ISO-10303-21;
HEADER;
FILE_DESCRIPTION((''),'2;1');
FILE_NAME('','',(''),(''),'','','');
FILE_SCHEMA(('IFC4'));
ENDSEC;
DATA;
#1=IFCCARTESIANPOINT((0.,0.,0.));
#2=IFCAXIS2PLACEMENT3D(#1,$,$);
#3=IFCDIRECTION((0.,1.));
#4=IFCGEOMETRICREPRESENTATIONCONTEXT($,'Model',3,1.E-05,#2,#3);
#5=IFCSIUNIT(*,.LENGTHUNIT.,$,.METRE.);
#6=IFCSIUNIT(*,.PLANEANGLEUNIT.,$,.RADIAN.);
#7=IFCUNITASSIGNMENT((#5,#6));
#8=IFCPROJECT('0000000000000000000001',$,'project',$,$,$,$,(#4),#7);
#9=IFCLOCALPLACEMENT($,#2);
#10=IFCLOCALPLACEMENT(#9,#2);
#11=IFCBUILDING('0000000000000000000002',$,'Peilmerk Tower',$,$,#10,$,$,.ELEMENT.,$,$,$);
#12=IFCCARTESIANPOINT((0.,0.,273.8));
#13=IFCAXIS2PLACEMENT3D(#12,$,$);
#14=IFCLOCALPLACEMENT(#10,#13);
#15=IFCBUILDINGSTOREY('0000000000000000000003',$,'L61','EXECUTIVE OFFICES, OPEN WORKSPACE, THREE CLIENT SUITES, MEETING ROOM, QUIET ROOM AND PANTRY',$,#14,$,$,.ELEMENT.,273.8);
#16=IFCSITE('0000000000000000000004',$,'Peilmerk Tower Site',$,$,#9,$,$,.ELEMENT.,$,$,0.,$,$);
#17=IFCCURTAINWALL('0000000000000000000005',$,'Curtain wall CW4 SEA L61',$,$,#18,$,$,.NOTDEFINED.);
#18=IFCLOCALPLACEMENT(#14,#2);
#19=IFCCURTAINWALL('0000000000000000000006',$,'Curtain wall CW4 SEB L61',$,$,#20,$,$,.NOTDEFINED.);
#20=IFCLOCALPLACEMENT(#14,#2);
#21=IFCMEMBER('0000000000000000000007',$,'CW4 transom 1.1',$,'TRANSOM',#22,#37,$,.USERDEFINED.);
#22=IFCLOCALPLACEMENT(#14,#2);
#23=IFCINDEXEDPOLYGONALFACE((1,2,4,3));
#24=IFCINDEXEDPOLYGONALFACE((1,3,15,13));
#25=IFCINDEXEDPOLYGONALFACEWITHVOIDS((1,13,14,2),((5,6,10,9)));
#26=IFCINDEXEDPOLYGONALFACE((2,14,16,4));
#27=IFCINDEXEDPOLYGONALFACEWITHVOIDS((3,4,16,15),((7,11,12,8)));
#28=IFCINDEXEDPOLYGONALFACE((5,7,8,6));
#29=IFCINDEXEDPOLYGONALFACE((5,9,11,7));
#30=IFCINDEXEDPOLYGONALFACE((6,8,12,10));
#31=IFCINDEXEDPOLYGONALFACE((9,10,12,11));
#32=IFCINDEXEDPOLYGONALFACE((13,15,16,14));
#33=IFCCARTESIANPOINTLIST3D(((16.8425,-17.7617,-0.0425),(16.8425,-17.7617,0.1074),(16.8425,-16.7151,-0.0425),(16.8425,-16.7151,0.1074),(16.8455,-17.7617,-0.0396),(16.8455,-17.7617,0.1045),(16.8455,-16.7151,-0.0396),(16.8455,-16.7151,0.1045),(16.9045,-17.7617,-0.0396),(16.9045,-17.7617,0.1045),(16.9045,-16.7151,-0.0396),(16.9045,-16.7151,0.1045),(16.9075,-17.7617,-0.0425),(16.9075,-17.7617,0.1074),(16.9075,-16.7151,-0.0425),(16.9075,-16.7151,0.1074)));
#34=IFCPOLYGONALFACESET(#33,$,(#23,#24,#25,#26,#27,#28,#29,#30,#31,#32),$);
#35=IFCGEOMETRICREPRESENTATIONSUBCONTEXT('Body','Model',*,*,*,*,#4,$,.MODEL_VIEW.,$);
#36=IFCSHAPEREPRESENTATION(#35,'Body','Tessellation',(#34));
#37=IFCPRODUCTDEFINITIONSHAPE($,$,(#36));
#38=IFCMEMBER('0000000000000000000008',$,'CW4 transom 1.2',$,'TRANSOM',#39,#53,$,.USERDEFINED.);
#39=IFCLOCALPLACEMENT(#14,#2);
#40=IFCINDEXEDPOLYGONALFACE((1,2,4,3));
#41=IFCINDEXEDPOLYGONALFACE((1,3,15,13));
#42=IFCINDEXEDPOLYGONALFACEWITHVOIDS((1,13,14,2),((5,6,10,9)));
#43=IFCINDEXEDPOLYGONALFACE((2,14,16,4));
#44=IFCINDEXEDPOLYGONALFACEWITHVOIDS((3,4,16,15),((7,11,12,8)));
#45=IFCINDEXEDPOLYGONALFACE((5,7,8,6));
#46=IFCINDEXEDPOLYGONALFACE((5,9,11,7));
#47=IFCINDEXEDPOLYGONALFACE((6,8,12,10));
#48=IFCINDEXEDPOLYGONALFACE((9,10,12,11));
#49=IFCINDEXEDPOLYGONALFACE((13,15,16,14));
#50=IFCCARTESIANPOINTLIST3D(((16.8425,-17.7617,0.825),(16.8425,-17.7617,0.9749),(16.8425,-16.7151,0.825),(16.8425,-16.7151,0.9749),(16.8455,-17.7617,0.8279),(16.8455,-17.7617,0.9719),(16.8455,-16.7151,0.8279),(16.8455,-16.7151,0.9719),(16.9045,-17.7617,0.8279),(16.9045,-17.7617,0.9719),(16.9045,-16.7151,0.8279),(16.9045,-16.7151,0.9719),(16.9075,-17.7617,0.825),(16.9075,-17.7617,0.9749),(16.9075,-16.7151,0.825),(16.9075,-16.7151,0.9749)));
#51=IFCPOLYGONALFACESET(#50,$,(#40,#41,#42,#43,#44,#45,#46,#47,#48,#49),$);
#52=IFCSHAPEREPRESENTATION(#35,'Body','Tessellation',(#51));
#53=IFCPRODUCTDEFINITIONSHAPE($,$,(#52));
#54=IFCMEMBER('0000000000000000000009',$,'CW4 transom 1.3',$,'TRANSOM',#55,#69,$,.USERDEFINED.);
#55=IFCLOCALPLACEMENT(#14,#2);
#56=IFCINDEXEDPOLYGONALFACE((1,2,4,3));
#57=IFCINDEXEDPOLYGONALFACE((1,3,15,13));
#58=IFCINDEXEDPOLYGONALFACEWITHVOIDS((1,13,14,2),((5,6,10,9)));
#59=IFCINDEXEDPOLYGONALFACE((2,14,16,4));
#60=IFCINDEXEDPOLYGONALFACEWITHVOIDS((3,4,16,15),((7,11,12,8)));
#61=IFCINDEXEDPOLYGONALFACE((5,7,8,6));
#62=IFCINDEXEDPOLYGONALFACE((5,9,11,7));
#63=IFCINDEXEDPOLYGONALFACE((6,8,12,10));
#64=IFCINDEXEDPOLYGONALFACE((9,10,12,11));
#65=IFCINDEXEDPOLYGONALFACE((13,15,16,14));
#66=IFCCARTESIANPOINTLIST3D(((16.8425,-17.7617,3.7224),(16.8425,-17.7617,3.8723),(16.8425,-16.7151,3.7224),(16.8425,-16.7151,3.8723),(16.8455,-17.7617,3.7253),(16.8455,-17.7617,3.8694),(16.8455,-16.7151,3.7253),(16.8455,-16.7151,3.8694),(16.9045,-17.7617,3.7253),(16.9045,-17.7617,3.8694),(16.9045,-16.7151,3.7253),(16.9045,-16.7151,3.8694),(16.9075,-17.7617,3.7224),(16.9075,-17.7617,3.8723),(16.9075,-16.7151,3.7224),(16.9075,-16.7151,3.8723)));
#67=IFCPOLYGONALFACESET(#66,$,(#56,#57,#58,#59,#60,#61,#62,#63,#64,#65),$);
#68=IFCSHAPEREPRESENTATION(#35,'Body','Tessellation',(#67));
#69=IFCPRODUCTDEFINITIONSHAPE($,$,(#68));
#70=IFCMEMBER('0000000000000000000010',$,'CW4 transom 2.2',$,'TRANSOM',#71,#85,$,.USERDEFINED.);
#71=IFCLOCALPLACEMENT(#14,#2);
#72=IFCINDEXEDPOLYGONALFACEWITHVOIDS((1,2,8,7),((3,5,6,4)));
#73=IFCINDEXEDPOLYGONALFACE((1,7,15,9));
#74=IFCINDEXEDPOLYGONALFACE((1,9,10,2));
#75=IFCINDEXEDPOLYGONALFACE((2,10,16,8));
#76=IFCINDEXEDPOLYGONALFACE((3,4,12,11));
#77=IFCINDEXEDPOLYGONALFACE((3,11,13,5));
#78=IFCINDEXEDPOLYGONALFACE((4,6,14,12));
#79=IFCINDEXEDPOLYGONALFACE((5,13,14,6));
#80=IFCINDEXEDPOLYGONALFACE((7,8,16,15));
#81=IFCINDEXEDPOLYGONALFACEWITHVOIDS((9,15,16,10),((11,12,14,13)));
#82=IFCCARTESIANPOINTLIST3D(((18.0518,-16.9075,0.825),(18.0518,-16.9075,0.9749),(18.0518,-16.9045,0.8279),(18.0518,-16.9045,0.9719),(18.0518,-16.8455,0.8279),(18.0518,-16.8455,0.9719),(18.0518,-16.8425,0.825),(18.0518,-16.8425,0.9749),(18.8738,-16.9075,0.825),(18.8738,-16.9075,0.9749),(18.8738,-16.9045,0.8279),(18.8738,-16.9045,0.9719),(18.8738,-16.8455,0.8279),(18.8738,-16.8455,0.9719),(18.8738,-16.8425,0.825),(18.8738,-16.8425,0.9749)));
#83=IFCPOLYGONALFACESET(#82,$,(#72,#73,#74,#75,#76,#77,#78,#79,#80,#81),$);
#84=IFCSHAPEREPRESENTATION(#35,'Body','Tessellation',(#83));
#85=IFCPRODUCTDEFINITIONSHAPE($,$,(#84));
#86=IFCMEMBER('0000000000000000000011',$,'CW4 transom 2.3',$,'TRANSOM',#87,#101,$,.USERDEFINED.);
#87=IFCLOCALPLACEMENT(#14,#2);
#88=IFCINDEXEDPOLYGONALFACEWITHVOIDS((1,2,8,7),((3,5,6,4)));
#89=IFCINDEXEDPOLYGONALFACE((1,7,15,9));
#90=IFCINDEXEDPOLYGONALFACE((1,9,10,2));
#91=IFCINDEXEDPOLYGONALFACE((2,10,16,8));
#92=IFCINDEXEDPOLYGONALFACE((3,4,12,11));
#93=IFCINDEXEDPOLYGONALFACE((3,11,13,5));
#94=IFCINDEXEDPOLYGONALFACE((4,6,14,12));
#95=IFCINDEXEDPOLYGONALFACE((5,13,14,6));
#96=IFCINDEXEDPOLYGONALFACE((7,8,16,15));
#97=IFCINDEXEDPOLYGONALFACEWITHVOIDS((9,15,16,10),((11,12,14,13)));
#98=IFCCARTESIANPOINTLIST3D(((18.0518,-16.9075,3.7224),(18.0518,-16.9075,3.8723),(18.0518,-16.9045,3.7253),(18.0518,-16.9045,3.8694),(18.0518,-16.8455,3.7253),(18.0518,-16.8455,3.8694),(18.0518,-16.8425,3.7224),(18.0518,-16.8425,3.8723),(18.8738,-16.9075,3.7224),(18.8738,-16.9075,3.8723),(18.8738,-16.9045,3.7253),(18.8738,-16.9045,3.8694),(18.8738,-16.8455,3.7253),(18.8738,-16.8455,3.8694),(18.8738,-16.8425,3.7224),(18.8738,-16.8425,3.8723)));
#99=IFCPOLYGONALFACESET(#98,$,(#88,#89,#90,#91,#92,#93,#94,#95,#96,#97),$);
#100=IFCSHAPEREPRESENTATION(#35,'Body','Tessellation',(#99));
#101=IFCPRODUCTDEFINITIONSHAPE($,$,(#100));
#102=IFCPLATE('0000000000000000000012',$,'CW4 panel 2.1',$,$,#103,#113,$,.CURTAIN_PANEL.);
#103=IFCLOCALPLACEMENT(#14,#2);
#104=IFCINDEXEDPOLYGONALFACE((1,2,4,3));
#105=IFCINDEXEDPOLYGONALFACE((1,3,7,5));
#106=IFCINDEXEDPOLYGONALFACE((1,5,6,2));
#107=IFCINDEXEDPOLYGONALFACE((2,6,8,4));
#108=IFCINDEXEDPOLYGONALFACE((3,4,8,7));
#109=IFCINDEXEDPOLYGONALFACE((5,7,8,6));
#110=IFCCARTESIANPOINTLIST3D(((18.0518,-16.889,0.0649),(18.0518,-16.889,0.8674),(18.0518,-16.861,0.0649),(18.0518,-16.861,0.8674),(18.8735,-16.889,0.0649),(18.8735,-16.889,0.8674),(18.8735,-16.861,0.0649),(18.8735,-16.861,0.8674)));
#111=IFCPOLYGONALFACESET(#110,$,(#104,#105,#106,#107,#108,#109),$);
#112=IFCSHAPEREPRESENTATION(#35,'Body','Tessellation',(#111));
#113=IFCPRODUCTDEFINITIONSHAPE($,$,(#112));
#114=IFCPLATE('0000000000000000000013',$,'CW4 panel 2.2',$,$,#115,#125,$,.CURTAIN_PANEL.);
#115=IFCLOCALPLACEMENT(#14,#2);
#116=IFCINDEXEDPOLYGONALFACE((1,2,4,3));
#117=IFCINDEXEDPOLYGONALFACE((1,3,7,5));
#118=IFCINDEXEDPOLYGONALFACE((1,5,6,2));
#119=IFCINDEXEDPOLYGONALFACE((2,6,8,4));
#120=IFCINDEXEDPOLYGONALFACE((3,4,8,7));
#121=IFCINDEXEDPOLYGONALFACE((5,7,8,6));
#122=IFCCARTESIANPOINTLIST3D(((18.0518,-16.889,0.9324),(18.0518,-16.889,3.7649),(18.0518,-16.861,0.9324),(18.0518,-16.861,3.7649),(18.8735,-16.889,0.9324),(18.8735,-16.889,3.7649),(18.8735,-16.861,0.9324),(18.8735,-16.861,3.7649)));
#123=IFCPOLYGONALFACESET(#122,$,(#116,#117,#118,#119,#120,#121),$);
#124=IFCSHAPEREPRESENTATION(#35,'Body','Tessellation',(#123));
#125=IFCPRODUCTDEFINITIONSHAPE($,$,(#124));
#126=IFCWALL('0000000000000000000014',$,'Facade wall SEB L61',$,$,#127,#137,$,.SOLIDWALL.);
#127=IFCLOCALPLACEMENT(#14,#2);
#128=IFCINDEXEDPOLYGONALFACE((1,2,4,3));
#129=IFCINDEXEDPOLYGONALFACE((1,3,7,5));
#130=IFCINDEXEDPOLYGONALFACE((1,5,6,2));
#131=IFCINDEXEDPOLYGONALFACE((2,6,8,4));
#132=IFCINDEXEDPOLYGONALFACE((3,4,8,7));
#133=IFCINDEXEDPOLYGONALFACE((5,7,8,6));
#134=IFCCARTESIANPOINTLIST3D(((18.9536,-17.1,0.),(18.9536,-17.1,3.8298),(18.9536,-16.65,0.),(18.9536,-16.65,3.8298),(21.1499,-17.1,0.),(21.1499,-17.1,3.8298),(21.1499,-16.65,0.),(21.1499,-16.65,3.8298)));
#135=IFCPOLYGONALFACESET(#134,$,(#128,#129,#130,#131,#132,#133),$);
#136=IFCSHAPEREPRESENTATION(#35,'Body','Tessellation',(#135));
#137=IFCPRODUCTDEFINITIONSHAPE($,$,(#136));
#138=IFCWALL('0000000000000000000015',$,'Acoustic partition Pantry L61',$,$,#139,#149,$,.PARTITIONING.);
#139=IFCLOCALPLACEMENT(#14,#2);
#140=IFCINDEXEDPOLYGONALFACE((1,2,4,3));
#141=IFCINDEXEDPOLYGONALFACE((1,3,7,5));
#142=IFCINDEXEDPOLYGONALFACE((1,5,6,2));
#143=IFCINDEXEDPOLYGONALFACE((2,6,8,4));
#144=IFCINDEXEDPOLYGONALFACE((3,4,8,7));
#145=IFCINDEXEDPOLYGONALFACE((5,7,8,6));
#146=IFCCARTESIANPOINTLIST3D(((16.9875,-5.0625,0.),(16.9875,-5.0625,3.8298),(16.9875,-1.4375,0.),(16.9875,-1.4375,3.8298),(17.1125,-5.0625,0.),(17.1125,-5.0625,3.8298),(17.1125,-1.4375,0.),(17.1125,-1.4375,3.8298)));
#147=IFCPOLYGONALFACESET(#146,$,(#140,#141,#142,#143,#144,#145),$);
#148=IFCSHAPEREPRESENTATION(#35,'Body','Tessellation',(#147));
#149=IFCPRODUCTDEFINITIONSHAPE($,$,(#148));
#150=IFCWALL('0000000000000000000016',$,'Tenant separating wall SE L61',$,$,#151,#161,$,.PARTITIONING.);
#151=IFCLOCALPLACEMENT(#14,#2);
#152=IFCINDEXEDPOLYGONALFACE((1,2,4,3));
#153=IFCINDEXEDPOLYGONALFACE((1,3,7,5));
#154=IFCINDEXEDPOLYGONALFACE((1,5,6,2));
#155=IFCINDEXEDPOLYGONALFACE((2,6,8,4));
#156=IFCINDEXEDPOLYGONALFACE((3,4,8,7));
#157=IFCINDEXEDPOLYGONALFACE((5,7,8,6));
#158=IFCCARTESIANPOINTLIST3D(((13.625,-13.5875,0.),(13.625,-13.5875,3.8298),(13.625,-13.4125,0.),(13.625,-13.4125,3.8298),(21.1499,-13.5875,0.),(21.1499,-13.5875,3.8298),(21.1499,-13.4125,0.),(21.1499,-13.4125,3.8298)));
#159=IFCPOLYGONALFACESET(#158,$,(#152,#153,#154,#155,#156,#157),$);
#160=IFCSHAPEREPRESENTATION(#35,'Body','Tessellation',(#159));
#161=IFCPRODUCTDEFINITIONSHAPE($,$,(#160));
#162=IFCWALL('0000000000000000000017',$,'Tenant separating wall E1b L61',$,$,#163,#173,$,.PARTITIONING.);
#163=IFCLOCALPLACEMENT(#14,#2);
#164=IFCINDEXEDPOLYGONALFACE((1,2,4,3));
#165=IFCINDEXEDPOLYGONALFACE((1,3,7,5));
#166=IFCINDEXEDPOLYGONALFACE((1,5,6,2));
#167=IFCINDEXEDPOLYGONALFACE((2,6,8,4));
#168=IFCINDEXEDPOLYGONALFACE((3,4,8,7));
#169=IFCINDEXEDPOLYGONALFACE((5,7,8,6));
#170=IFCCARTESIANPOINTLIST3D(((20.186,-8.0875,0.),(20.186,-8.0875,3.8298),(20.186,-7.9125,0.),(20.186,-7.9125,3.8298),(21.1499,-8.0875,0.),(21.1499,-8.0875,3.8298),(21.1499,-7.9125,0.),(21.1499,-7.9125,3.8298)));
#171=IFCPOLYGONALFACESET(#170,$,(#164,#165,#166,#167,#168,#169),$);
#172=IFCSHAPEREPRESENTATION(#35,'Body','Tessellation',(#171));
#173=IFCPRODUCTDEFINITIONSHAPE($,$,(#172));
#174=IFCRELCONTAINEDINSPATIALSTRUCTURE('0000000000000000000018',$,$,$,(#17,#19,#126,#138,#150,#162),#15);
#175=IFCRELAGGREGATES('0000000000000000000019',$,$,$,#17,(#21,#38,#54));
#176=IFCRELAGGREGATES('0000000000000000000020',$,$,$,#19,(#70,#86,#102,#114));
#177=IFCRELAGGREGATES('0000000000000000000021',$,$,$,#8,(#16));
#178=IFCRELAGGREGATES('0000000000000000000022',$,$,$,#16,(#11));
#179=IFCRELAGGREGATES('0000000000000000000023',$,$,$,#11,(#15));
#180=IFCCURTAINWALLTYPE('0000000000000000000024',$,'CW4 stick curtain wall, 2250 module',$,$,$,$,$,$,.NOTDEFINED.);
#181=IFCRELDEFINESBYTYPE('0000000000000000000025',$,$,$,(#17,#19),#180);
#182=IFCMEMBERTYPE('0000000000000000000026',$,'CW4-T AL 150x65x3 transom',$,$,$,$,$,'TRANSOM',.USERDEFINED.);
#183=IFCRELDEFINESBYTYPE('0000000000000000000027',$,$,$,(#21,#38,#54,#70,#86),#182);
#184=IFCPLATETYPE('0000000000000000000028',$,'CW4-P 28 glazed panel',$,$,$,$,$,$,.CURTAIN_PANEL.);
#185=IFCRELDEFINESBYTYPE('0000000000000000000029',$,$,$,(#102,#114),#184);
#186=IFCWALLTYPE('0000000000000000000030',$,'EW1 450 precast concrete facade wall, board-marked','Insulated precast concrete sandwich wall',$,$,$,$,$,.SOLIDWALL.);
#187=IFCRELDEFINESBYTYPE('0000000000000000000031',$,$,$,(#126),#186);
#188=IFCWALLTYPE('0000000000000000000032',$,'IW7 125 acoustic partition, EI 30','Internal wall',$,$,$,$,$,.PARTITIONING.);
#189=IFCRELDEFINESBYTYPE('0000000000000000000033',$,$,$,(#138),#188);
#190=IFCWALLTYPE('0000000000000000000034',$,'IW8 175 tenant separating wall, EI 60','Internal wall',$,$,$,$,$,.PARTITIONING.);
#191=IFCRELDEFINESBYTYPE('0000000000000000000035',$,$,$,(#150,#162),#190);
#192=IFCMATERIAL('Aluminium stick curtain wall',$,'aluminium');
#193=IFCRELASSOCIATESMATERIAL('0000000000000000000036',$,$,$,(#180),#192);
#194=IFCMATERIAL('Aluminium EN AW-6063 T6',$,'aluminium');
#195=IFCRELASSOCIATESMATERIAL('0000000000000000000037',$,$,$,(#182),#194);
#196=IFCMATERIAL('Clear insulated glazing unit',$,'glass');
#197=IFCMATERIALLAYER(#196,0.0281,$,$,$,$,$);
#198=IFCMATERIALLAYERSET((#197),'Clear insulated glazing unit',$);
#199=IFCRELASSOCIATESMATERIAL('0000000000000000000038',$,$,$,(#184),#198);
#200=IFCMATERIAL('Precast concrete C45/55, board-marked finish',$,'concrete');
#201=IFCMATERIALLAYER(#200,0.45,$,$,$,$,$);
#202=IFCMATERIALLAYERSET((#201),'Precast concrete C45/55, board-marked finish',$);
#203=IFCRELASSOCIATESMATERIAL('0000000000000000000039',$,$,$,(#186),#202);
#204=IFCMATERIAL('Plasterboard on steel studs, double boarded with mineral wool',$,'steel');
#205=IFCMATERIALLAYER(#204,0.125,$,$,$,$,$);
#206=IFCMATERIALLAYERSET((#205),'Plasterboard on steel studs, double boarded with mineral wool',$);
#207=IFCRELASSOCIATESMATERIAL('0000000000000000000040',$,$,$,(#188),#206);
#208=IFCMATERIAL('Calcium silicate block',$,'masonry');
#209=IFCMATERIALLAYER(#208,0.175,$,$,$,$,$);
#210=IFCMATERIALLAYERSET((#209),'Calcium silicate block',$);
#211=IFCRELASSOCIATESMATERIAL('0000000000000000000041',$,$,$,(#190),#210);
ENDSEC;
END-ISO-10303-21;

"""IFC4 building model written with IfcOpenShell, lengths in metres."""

from ifc_helpers import new_model, si_unit, direction, frame, frame_2d, origin, origin_2d, place, context, subcontext, project, spatial, rectangle, hollow_rectangle, extrude, material, layer, layer_set, material_profile, profile_set, type_object, element, aggregate, save


model = new_model("IFC4")

# Units and contexts
model_context = context("Model", 3, precision=1e-05, world=origin(), true_north=direction((0.0, 1.0)))
body_context = subcontext(model_context, "Body", "Model", "MODEL_VIEW")
ifc_project = project(units=[si_unit("LENGTHUNIT", "METRE"), si_unit("PLANEANGLEUNIT", "RADIAN")], contexts=[model_context])

# Site, building, storey
site_placement = place(None, origin())
site = spatial("IfcSite", under=ifc_project, at=site_placement, Name="Peilmerk Tower Site", CompositionType="ELEMENT", RefElevation=0.0)
building_placement = place(site_placement, origin())
building = spatial("IfcBuilding", under=site, at=building_placement, Name="Peilmerk Tower", CompositionType="ELEMENT")
storey_placement = place(building_placement, frame((0.0, 0.0, 273.8)))
storey = spatial("IfcBuildingStorey", under=building, at=storey_placement, Name="L61", Description="EXECUTIVE OFFICES, OPEN WORKSPACE, THREE CLIENT SUITES, MEETING ROOM, QUIET ROOM AND PANTRY", CompositionType="ELEMENT", Elevation=273.8)

# Curtain walls
ifc_material_1 = material(Name="Aluminium stick curtain wall", Category="aluminium")
curtain_wall_type = type_object("IfcCurtainWallType", Name="CW4 stick curtain wall, 2250 module", PredefinedType="NOTDEFINED", material=ifc_material_1)
curtain_wall_1_placement = place(storey_placement, origin())
curtain_wall_1 = element("IfcCurtainWall", 1, at=curtain_wall_1_placement, inside=storey, type_object=curtain_wall_type, Name="Curtain wall CW4 SEA L61", PredefinedType="NOTDEFINED")
ifc_material_2 = material(Name="Aluminium EN AW-6063 T6", Category="aluminium")
curtain_wall_2_placement = place(storey_placement, origin())
curtain_wall_2 = element("IfcCurtainWall", 2, at=curtain_wall_2_placement, inside=storey, type_object=curtain_wall_type, Name="Curtain wall CW4 SEB L61", PredefinedType="NOTDEFINED")

# Members
ifc_material_profile_1 = material_profile(ifc_material_2, hollow_rectangle(XDim=0.0649, YDim=0.1499, WallThickness=0.0029, at=origin_2d()), Name="AL 150x65x3")
ifc_profile_set_1 = profile_set([ifc_material_profile_1], Name="Aluminium EN AW-6063 T6")
member_type_1 = type_object("IfcMemberType", Name="CW4-T AL 150x65x3 transom", ElementType="TRANSOM", PredefinedType="USERDEFINED", material=ifc_profile_set_1)
member_1_placement = place(storey_placement, frame((16.875, -16.7151, 0.0325), z_axis=(0.0, -1.0, 0.0), x_axis=(1.0, 0.0, 0.0)))
member_1 = element("IfcMember", 3, at=member_1_placement, type_object=member_type_1, Name="CW4 transom 1.1", ObjectType="TRANSOM", PredefinedType="USERDEFINED", context=body_context, shape_type="SweptSolid", body=[
    extrude(hollow_rectangle(XDim=0.0649, YDim=0.1499, WallThickness=0.0029, at=origin_2d()), origin(), (0.0, 0.0, 1.0), 1.0466),
])
member_2_placement = place(storey_placement, frame((16.875, -16.7151, 0.8999), z_axis=(0.0, -1.0, 0.0), x_axis=(1.0, 0.0, 0.0)))
member_2 = element("IfcMember", 4, at=member_2_placement, type_object=member_type_1, Name="CW4 transom 1.2", ObjectType="TRANSOM", PredefinedType="USERDEFINED", context=body_context, shape_type="SweptSolid", body=[
    extrude(hollow_rectangle(XDim=0.0649, YDim=0.1499, WallThickness=0.0029, at=origin_2d()), origin(), (0.0, 0.0, 1.0), 1.0466),
])
member_3_placement = place(storey_placement, frame((16.875, -16.7151, 3.7974), z_axis=(0.0, -1.0, 0.0), x_axis=(1.0, 0.0, 0.0)))
member_3 = element("IfcMember", 5, at=member_3_placement, type_object=member_type_1, Name="CW4 transom 1.3", ObjectType="TRANSOM", PredefinedType="USERDEFINED", context=body_context, shape_type="SweptSolid", body=[
    extrude(hollow_rectangle(XDim=0.0649, YDim=0.1499, WallThickness=0.0029, at=origin_2d()), origin(), (0.0, 0.0, 1.0), 1.0466),
])
aggregate(curtain_wall_1, [member_1, member_2, member_3])
member_4_placement = place(storey_placement, frame((18.0518, -16.875, 0.8999), z_axis=(1.0, 0.0, 0.0), x_axis=(0.0, 1.0, 0.0)))
member_4 = element("IfcMember", 6, at=member_4_placement, type_object=member_type_1, Name="CW4 transom 2.2", ObjectType="TRANSOM", PredefinedType="USERDEFINED", context=body_context, shape_type="SweptSolid", body=[
    extrude(hollow_rectangle(XDim=0.0649, YDim=0.1499, WallThickness=0.0029, at=origin_2d()), origin(), (0.0, 0.0, 1.0), 0.822),
])
member_5_placement = place(storey_placement, frame((18.0518, -16.875, 3.7974), z_axis=(1.0, 0.0, 0.0), x_axis=(0.0, 1.0, 0.0)))
member_5 = element("IfcMember", 7, at=member_5_placement, type_object=member_type_1, Name="CW4 transom 2.3", ObjectType="TRANSOM", PredefinedType="USERDEFINED", context=body_context, shape_type="SweptSolid", body=[
    extrude(hollow_rectangle(XDim=0.0649, YDim=0.1499, WallThickness=0.0029, at=origin_2d()), origin(), (0.0, 0.0, 1.0), 0.822),
])

# Plates
ifc_material_3 = material(Name="Clear insulated glazing unit", Category="glass")
ifc_layer_1 = layer(ifc_material_3, 0.0281)
ifc_layer_set_1 = layer_set([ifc_layer_1], Name="Clear insulated glazing unit")
plate_type = type_object("IfcPlateType", Name="CW4-P 28 glazed panel", PredefinedType="CURTAIN_PANEL", material=ifc_layer_set_1)
plate_1_placement = place(storey_placement, frame((18.4626, -16.875, 0.0649), z_axis=(0.0, 0.0, 1.0), x_axis=(1.0, 0.0, 0.0)))
plate_1 = element("IfcPlate", 8, at=plate_1_placement, type_object=plate_type, Name="CW4 panel 2.1", PredefinedType="CURTAIN_PANEL", context=body_context, shape_type="SweptSolid", body=[
    extrude(rectangle(XDim=0.8218, YDim=0.0281, at=origin_2d()), origin(), (0.0, 0.0, 1.0), 0.8025),
])
plate_2_placement = place(storey_placement, frame((18.4626, -16.875, 0.9324), z_axis=(0.0, 0.0, 1.0), x_axis=(1.0, 0.0, 0.0)))
plate_2 = element("IfcPlate", 9, at=plate_2_placement, type_object=plate_type, Name="CW4 panel 2.2", PredefinedType="CURTAIN_PANEL", context=body_context, shape_type="SweptSolid", body=[
    extrude(rectangle(XDim=0.8218, YDim=0.0281, at=origin_2d()), origin(), (0.0, 0.0, 1.0), 2.8325),
])
aggregate(curtain_wall_2, [member_4, member_5, plate_1, plate_2])

# Walls
ifc_material_4 = material(Name="Precast concrete C45/55, board-marked finish", Category="concrete")
ifc_layer_2 = layer(ifc_material_4, 0.45)
ifc_layer_set_2 = layer_set([ifc_layer_2], Name="Precast concrete C45/55, board-marked finish")
wall_type_1 = type_object("IfcWallType", Name="EW1 450 precast concrete facade wall, board-marked", Description="Insulated precast concrete sandwich wall", PredefinedType="SOLIDWALL", material=ifc_layer_set_2)
wall_1_placement = place(storey_placement, frame((18.9536, -16.875, 0.0), z_axis=(0.0, 0.0, 1.0), x_axis=(1.0, 0.0, 0.0)))
element("IfcWall", 10, at=wall_1_placement, inside=storey, type_object=wall_type_1, Name="Facade wall SEB L61", PredefinedType="SOLIDWALL", context=body_context, shape_type="SweptSolid", body=[
    extrude(rectangle(XDim=2.1963, YDim=0.45, at=frame_2d((1.0981, 0.0))), origin(), (0.0, 0.0, 1.0), 3.8298),
])
ifc_material_5 = material(Name="Plasterboard on steel studs, double boarded with mineral wool", Category="steel")
ifc_layer_3 = layer(ifc_material_5, 0.125)
ifc_layer_set_3 = layer_set([ifc_layer_3], Name="Plasterboard on steel studs, double boarded with mineral wool")
wall_type_2 = type_object("IfcWallType", Name="IW7 125 acoustic partition, EI 30", Description="Internal wall", PredefinedType="PARTITIONING", material=ifc_layer_set_3)
wall_2_placement = place(storey_placement, frame((17.05, -5.0625, 0.0), z_axis=(0.0, 0.0, 1.0), x_axis=(0.0, 1.0, 0.0)))
element("IfcWall", 11, at=wall_2_placement, inside=storey, type_object=wall_type_2, Name="Acoustic partition Pantry L61", PredefinedType="PARTITIONING", context=body_context, shape_type="SweptSolid", body=[
    extrude(rectangle(XDim=3.625, YDim=0.125, at=frame_2d((1.8125, 0.0))), origin(), (0.0, 0.0, 1.0), 3.8298),
])
ifc_material_6 = material(Name="Calcium silicate block", Category="masonry")
ifc_layer_4 = layer(ifc_material_6, 0.175)
ifc_layer_set_4 = layer_set([ifc_layer_4], Name="Calcium silicate block")
wall_type_3 = type_object("IfcWallType", Name="IW8 175 tenant separating wall, EI 60", Description="Internal wall", PredefinedType="PARTITIONING", material=ifc_layer_set_4)
wall_3_placement = place(storey_placement, frame((21.1499, -13.5, 0.0), z_axis=(0.0, 0.0, 1.0), x_axis=(-1.0, 0.0, 0.0)))
element("IfcWall", 12, at=wall_3_placement, inside=storey, type_object=wall_type_3, Name="Tenant separating wall SE L61", PredefinedType="PARTITIONING", context=body_context, shape_type="SweptSolid", body=[
    extrude(rectangle(XDim=7.5249, YDim=0.175, at=frame_2d((3.7625, 0.0))), origin(), (0.0, 0.0, 1.0), 3.8298),
])
wall_4_placement = place(storey_placement, frame((20.186, -8.0, 0.0), z_axis=(0.0, 0.0, 1.0), x_axis=(1.0, 0.0, 0.0)))
element("IfcWall", 13, at=wall_4_placement, inside=storey, type_object=wall_type_3, Name="Tenant separating wall E1b L61", PredefinedType="PARTITIONING", context=body_context, shape_type="SweptSolid", body=[
    extrude(rectangle(XDim=0.9639, YDim=0.175, at=frame_2d((0.4819, 0.0))), origin(), (0.0, 0.0, 1.0), 3.8298),
])

save(model, "model.ifc")
